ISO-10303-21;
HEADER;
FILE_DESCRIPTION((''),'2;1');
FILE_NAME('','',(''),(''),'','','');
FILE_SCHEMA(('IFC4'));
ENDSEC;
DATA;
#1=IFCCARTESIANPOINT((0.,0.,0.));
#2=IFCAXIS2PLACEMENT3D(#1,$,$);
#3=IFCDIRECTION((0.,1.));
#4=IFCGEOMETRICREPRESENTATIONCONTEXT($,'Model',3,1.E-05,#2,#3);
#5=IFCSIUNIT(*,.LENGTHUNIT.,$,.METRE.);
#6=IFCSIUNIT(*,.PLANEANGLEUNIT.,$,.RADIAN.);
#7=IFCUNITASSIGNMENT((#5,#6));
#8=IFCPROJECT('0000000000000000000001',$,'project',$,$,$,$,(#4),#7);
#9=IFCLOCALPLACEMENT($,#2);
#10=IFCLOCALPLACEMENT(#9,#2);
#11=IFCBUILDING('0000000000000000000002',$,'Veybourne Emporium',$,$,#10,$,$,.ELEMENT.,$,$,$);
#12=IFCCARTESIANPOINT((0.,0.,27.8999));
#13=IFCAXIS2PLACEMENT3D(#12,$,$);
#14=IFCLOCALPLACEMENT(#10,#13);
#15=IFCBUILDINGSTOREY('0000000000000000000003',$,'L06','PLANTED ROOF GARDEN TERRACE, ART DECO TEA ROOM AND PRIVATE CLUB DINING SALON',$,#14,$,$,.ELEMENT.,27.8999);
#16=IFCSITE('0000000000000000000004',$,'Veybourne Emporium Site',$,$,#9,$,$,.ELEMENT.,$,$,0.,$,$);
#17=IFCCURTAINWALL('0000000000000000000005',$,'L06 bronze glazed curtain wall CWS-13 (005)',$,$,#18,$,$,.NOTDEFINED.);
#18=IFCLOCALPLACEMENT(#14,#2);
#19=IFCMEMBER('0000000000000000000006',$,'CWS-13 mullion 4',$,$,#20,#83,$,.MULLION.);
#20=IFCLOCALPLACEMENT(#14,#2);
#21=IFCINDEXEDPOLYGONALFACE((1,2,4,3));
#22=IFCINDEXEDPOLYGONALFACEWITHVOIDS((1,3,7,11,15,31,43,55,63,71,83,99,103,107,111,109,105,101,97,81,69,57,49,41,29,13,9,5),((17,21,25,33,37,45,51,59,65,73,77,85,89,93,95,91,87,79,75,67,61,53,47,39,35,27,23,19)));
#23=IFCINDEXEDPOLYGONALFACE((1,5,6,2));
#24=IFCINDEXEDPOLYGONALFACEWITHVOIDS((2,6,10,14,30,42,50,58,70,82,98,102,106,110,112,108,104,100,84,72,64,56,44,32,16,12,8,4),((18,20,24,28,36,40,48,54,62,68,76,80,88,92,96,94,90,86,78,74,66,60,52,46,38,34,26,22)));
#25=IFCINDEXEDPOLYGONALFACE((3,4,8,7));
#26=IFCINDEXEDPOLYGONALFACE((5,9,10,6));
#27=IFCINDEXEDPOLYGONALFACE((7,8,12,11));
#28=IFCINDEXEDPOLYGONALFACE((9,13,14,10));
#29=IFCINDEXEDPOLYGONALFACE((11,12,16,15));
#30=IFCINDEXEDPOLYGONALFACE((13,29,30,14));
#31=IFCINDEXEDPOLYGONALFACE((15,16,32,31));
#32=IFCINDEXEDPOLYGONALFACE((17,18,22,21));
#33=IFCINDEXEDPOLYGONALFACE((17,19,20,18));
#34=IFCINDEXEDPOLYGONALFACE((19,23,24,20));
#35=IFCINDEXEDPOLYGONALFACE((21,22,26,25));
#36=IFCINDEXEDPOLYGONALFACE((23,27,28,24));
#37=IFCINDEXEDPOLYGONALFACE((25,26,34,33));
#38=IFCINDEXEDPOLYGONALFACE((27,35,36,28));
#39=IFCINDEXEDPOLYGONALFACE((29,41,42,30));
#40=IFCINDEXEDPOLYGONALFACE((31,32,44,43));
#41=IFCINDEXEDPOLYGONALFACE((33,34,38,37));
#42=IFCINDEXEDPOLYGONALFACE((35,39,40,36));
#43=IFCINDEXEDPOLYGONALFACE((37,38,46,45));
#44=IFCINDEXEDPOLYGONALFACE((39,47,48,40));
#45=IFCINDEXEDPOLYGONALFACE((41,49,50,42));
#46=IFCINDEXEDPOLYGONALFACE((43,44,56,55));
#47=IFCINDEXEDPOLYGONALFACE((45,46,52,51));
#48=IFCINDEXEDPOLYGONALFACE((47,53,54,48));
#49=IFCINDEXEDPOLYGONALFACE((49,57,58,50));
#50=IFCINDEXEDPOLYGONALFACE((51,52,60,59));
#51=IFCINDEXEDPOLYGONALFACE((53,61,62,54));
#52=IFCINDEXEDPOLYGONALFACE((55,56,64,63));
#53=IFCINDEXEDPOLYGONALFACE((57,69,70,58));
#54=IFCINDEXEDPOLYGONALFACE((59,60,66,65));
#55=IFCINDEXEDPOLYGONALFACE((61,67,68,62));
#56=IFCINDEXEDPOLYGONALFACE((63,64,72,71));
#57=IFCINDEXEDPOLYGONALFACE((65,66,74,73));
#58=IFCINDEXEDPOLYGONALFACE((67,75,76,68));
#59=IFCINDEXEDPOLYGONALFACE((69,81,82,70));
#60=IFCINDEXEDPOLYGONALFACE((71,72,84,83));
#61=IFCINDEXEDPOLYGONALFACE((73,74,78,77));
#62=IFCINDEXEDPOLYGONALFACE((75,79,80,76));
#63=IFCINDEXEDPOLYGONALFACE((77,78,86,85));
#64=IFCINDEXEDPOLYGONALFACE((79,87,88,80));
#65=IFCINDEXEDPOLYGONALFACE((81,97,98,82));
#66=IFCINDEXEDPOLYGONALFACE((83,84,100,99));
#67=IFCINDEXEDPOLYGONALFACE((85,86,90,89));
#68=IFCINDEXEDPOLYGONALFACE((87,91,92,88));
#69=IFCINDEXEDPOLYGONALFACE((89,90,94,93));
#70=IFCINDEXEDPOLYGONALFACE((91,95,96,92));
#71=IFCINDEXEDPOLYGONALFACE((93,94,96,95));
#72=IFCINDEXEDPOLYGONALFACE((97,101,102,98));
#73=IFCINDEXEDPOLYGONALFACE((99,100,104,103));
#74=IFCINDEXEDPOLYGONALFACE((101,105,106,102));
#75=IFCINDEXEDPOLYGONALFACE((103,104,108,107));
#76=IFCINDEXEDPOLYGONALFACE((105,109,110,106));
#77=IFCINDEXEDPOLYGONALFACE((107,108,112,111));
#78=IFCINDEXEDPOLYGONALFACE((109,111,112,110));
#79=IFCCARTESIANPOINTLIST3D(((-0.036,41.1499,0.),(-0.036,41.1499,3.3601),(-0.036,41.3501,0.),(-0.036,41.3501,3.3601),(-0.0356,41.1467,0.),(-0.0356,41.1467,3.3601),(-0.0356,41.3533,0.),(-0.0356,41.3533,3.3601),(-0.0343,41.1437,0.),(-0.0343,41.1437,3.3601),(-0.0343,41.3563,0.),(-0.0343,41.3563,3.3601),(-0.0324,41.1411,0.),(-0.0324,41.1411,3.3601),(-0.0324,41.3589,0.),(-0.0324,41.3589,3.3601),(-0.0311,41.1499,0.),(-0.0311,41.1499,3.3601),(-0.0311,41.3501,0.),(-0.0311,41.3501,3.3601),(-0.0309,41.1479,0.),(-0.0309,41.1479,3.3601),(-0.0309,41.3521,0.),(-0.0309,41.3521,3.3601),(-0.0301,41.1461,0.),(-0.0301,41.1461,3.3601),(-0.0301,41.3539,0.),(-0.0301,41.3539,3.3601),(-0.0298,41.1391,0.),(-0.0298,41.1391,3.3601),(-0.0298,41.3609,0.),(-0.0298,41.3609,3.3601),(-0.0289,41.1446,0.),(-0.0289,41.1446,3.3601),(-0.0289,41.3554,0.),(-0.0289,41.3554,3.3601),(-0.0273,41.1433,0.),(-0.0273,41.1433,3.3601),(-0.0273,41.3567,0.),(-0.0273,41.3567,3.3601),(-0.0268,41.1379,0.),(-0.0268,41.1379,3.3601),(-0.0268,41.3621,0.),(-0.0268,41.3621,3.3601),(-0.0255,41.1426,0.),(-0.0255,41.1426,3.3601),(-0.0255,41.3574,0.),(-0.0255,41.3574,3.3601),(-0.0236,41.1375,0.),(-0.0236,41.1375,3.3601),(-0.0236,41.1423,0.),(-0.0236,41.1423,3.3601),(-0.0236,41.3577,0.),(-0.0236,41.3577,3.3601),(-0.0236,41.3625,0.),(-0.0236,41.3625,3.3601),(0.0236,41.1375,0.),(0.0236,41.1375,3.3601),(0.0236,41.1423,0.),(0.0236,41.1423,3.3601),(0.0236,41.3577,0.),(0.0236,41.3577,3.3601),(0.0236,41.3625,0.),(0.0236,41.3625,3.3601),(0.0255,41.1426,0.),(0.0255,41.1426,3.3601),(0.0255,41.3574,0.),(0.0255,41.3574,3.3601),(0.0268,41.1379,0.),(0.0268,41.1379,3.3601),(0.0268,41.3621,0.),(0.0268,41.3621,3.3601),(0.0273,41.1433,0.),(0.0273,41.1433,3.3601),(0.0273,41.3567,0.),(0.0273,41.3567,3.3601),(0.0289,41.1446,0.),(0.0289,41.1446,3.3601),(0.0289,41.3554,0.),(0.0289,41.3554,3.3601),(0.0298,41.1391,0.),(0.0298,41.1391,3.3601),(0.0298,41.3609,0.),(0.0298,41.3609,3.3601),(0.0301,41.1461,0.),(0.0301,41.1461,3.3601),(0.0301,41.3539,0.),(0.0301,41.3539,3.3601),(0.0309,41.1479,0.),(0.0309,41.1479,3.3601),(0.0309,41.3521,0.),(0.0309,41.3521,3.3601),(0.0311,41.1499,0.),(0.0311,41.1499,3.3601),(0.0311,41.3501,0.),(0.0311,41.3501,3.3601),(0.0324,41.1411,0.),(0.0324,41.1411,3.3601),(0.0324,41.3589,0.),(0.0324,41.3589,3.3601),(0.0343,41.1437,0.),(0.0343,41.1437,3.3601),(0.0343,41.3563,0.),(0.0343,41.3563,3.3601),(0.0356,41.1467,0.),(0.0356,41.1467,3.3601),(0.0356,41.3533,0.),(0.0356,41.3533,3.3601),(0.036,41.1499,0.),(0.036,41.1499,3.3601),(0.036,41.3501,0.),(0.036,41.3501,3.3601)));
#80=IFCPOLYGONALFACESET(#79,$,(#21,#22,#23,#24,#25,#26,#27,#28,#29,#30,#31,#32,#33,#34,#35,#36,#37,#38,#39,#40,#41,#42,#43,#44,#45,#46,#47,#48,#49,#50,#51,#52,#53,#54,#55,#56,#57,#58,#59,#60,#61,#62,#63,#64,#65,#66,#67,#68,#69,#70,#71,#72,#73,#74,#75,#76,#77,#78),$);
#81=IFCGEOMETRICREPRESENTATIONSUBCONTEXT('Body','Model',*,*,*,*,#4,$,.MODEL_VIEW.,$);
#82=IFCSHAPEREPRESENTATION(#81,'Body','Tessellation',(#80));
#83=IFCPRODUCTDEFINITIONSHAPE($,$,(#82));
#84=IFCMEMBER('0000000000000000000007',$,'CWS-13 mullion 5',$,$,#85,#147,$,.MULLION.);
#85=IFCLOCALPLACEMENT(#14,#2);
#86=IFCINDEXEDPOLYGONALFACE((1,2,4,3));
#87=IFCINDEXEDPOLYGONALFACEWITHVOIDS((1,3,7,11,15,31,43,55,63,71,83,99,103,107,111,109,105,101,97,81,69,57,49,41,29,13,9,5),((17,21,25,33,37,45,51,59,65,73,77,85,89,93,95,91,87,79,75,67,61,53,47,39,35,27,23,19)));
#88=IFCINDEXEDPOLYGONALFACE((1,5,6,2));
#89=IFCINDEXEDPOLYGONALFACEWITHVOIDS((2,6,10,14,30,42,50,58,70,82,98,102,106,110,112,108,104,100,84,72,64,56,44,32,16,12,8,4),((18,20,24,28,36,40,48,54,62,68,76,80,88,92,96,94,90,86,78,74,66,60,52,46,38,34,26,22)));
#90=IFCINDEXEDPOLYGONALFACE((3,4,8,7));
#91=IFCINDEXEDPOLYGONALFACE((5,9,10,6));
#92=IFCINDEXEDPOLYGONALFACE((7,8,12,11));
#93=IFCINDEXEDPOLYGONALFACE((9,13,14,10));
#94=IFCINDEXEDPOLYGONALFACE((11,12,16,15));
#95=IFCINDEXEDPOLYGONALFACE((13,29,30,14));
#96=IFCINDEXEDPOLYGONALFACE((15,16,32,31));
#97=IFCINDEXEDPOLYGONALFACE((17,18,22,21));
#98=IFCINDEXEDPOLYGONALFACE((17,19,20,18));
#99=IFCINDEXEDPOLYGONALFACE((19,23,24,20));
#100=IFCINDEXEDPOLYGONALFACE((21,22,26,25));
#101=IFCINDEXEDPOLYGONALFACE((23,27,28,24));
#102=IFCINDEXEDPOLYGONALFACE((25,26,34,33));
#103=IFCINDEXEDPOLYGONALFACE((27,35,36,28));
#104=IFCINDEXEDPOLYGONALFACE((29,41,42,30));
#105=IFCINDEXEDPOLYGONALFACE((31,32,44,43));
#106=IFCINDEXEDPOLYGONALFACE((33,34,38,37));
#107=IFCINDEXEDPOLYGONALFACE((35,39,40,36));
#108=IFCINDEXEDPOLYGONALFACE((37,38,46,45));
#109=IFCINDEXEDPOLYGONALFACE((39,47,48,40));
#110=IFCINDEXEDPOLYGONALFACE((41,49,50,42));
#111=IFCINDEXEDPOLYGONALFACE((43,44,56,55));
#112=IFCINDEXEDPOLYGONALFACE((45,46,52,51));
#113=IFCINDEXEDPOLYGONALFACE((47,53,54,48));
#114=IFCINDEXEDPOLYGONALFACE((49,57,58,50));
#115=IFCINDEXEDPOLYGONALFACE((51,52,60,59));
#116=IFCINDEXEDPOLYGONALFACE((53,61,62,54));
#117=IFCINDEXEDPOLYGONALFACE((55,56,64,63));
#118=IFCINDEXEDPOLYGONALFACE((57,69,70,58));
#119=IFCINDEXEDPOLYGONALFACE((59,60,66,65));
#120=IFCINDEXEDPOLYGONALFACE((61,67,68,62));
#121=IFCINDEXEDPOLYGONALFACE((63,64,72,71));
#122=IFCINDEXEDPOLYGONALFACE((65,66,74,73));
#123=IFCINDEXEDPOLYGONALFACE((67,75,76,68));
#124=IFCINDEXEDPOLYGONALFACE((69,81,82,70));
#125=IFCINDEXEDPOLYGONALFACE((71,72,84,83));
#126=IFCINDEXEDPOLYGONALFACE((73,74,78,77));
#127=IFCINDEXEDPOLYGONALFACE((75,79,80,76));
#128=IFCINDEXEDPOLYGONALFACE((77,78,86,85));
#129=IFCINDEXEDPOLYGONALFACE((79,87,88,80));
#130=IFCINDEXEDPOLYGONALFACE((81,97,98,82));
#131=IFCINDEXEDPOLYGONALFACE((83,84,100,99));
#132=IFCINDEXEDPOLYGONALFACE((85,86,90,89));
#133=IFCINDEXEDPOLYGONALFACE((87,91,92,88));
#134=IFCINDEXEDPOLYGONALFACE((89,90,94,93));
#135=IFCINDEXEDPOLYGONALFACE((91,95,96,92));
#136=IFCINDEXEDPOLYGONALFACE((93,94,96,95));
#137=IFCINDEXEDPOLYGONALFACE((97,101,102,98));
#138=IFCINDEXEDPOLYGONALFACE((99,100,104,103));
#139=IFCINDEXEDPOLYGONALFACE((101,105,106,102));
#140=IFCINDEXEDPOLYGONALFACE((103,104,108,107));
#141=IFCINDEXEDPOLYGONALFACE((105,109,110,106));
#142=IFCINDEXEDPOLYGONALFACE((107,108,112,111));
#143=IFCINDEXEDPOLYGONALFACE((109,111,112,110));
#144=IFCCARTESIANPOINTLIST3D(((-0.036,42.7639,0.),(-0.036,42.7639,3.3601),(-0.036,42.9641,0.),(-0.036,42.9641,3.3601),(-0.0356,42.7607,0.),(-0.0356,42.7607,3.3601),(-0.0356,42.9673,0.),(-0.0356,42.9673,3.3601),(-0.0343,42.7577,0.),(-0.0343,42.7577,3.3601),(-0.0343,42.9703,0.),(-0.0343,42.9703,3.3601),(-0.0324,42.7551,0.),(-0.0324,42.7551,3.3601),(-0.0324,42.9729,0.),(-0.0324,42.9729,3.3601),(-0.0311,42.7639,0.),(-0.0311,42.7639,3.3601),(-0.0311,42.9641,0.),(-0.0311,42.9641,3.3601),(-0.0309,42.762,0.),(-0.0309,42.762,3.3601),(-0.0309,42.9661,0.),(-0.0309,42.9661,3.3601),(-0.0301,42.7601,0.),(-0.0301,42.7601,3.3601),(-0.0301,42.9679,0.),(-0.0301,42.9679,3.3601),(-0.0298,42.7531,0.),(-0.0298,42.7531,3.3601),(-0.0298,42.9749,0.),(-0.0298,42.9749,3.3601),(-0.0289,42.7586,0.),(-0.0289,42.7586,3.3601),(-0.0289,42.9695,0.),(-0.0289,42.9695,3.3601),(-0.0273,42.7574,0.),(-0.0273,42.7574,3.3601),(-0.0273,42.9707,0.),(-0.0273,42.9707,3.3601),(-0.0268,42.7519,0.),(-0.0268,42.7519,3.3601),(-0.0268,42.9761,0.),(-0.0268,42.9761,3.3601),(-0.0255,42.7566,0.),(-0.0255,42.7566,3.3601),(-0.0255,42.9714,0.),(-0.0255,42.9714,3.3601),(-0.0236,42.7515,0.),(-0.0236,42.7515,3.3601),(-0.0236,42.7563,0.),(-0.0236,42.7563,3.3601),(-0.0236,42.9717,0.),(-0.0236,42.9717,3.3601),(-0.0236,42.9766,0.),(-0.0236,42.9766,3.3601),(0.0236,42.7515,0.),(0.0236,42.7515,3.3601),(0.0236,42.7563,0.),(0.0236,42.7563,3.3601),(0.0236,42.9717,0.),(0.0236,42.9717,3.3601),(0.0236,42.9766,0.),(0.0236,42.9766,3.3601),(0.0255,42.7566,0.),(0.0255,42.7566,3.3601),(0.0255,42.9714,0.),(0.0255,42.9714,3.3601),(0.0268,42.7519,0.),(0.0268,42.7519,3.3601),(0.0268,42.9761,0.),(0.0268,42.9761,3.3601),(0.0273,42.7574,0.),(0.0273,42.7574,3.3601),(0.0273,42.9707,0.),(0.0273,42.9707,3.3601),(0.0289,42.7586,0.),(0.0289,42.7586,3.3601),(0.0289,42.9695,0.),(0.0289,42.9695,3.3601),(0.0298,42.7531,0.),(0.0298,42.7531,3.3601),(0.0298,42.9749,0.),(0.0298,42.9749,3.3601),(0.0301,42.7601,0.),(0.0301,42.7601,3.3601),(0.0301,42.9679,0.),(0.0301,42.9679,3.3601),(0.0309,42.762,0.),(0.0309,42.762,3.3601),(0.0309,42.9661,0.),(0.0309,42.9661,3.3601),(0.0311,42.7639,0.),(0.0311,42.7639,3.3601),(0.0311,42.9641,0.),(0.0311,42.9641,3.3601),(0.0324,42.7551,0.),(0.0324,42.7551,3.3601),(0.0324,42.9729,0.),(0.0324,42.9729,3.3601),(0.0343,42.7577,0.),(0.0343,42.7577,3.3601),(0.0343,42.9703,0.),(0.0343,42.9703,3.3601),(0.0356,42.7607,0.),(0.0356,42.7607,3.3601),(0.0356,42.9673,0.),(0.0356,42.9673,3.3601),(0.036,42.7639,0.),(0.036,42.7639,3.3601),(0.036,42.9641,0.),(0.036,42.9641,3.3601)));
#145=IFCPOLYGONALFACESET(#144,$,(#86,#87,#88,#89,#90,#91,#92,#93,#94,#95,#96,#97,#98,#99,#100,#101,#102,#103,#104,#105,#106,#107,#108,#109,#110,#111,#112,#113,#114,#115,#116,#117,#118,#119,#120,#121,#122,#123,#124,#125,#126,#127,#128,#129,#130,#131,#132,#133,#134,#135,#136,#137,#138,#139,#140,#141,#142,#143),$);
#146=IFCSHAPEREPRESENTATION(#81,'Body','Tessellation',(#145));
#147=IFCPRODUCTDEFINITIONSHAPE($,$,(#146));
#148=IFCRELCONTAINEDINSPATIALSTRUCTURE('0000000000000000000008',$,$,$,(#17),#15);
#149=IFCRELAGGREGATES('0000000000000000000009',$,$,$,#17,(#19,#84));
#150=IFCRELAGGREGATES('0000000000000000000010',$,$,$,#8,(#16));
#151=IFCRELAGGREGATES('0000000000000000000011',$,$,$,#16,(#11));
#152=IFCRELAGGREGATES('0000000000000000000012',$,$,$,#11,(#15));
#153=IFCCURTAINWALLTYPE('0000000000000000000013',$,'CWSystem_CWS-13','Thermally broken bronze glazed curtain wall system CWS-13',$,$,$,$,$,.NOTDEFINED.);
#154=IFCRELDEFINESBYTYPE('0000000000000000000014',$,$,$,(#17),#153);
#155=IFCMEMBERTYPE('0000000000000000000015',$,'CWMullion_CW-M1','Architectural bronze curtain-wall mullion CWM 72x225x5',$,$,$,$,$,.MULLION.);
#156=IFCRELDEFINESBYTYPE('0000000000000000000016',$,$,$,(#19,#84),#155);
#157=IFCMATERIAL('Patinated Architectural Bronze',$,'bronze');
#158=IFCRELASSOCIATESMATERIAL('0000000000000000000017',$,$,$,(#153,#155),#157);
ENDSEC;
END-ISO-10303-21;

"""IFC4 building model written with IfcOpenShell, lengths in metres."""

from ifc_helpers import new_model, si_unit, direction, frame, origin, origin_2d, place, context, subcontext, project, spatial, hollow_rectangle, extrude, material, material_profile, profile_set, type_object, element, aggregate, save


model = new_model("IFC4")

# Units and contexts
model_context = context("Model", 3, precision=1e-05, world=origin(), true_north=direction((0.0, 1.0)))
body_context = subcontext(model_context, "Body", "Model", "MODEL_VIEW")
ifc_project = project(units=[si_unit("LENGTHUNIT", "METRE"), si_unit("PLANEANGLEUNIT", "RADIAN")], contexts=[model_context])

# Site, building, storey
site_placement = place(None, origin())
site = spatial("IfcSite", under=ifc_project, at=site_placement, Name="Veybourne Emporium Site", CompositionType="ELEMENT", RefElevation=0.0)
building_placement = place(site_placement, origin())
building = spatial("IfcBuilding", under=site, at=building_placement, Name="Veybourne Emporium", CompositionType="ELEMENT")
storey_placement = place(building_placement, frame((0.0, 0.0, 27.8999)))
storey = spatial("IfcBuildingStorey", under=building, at=storey_placement, Name="L06", Description="PLANTED ROOF GARDEN TERRACE, ART DECO TEA ROOM AND PRIVATE CLUB DINING SALON", CompositionType="ELEMENT", Elevation=27.8999)

# Curtain wall, members
ifc_material_1 = material(Name="Patinated Architectural Bronze", Category="bronze")
curtain_wall_type_1 = type_object("IfcCurtainWallType", Name="CWSystem_CWS-13", Description="Thermally broken bronze glazed curtain wall system CWS-13", PredefinedType="NOTDEFINED", material=ifc_material_1)
curtain_wall_1_placement = place(storey_placement, origin())
curtain_wall_1 = element("IfcCurtainWall", 1, at=curtain_wall_1_placement, inside=storey, type_object=curtain_wall_type_1, Name="L06 bronze glazed curtain wall CWS-13 (005)", PredefinedType="NOTDEFINED")
ifc_material_profile_1 = material_profile(ifc_material_1, hollow_rectangle(XDim=0.072, YDim=0.2251, WallThickness=0.0049, InnerFilletRadius=0.0076, OuterFilletRadius=0.0125, at=origin_2d()), Name="CWM 72x225x5")
ifc_profile_set_1 = profile_set([ifc_material_profile_1], Name="Patinated Architectural Bronze")
member_type_1 = type_object("IfcMemberType", Name="CWMullion_CW-M1", Description="Architectural bronze curtain-wall mullion CWM 72x225x5", PredefinedType="MULLION", material=ifc_profile_set_1)
member_1_placement = place(storey_placement, frame((0.0, 41.25, 0.0), z_axis=(0.0, 0.0, 1.0), x_axis=(-1.0, 0.0, 0.0)))
member_1 = element("IfcMember", 2, at=member_1_placement, type_object=member_type_1, Name="CWS-13 mullion 4", PredefinedType="MULLION", context=body_context, shape_type="SweptSolid", body=[
    extrude(hollow_rectangle(XDim=0.072, YDim=0.2251, WallThickness=0.0049, InnerFilletRadius=0.0076, OuterFilletRadius=0.0125, at=origin_2d()), origin(), (0.0, 0.0, 1.0), 3.3601),
])
member_2_placement = place(storey_placement, frame((0.0, 42.864, 0.0), z_axis=(0.0, 0.0, 1.0), x_axis=(-1.0, 0.0, 0.0)))
member_2 = element("IfcMember", 3, at=member_2_placement, type_object=member_type_1, Name="CWS-13 mullion 5", PredefinedType="MULLION", context=body_context, shape_type="SweptSolid", body=[
    extrude(hollow_rectangle(XDim=0.072, YDim=0.2251, WallThickness=0.0049, InnerFilletRadius=0.0076, OuterFilletRadius=0.0125, at=origin_2d()), origin(), (0.0, 0.0, 1.0), 3.3601),
])

aggregate(curtain_wall_1, [member_1, member_2])

save(model, "model.ifc")
